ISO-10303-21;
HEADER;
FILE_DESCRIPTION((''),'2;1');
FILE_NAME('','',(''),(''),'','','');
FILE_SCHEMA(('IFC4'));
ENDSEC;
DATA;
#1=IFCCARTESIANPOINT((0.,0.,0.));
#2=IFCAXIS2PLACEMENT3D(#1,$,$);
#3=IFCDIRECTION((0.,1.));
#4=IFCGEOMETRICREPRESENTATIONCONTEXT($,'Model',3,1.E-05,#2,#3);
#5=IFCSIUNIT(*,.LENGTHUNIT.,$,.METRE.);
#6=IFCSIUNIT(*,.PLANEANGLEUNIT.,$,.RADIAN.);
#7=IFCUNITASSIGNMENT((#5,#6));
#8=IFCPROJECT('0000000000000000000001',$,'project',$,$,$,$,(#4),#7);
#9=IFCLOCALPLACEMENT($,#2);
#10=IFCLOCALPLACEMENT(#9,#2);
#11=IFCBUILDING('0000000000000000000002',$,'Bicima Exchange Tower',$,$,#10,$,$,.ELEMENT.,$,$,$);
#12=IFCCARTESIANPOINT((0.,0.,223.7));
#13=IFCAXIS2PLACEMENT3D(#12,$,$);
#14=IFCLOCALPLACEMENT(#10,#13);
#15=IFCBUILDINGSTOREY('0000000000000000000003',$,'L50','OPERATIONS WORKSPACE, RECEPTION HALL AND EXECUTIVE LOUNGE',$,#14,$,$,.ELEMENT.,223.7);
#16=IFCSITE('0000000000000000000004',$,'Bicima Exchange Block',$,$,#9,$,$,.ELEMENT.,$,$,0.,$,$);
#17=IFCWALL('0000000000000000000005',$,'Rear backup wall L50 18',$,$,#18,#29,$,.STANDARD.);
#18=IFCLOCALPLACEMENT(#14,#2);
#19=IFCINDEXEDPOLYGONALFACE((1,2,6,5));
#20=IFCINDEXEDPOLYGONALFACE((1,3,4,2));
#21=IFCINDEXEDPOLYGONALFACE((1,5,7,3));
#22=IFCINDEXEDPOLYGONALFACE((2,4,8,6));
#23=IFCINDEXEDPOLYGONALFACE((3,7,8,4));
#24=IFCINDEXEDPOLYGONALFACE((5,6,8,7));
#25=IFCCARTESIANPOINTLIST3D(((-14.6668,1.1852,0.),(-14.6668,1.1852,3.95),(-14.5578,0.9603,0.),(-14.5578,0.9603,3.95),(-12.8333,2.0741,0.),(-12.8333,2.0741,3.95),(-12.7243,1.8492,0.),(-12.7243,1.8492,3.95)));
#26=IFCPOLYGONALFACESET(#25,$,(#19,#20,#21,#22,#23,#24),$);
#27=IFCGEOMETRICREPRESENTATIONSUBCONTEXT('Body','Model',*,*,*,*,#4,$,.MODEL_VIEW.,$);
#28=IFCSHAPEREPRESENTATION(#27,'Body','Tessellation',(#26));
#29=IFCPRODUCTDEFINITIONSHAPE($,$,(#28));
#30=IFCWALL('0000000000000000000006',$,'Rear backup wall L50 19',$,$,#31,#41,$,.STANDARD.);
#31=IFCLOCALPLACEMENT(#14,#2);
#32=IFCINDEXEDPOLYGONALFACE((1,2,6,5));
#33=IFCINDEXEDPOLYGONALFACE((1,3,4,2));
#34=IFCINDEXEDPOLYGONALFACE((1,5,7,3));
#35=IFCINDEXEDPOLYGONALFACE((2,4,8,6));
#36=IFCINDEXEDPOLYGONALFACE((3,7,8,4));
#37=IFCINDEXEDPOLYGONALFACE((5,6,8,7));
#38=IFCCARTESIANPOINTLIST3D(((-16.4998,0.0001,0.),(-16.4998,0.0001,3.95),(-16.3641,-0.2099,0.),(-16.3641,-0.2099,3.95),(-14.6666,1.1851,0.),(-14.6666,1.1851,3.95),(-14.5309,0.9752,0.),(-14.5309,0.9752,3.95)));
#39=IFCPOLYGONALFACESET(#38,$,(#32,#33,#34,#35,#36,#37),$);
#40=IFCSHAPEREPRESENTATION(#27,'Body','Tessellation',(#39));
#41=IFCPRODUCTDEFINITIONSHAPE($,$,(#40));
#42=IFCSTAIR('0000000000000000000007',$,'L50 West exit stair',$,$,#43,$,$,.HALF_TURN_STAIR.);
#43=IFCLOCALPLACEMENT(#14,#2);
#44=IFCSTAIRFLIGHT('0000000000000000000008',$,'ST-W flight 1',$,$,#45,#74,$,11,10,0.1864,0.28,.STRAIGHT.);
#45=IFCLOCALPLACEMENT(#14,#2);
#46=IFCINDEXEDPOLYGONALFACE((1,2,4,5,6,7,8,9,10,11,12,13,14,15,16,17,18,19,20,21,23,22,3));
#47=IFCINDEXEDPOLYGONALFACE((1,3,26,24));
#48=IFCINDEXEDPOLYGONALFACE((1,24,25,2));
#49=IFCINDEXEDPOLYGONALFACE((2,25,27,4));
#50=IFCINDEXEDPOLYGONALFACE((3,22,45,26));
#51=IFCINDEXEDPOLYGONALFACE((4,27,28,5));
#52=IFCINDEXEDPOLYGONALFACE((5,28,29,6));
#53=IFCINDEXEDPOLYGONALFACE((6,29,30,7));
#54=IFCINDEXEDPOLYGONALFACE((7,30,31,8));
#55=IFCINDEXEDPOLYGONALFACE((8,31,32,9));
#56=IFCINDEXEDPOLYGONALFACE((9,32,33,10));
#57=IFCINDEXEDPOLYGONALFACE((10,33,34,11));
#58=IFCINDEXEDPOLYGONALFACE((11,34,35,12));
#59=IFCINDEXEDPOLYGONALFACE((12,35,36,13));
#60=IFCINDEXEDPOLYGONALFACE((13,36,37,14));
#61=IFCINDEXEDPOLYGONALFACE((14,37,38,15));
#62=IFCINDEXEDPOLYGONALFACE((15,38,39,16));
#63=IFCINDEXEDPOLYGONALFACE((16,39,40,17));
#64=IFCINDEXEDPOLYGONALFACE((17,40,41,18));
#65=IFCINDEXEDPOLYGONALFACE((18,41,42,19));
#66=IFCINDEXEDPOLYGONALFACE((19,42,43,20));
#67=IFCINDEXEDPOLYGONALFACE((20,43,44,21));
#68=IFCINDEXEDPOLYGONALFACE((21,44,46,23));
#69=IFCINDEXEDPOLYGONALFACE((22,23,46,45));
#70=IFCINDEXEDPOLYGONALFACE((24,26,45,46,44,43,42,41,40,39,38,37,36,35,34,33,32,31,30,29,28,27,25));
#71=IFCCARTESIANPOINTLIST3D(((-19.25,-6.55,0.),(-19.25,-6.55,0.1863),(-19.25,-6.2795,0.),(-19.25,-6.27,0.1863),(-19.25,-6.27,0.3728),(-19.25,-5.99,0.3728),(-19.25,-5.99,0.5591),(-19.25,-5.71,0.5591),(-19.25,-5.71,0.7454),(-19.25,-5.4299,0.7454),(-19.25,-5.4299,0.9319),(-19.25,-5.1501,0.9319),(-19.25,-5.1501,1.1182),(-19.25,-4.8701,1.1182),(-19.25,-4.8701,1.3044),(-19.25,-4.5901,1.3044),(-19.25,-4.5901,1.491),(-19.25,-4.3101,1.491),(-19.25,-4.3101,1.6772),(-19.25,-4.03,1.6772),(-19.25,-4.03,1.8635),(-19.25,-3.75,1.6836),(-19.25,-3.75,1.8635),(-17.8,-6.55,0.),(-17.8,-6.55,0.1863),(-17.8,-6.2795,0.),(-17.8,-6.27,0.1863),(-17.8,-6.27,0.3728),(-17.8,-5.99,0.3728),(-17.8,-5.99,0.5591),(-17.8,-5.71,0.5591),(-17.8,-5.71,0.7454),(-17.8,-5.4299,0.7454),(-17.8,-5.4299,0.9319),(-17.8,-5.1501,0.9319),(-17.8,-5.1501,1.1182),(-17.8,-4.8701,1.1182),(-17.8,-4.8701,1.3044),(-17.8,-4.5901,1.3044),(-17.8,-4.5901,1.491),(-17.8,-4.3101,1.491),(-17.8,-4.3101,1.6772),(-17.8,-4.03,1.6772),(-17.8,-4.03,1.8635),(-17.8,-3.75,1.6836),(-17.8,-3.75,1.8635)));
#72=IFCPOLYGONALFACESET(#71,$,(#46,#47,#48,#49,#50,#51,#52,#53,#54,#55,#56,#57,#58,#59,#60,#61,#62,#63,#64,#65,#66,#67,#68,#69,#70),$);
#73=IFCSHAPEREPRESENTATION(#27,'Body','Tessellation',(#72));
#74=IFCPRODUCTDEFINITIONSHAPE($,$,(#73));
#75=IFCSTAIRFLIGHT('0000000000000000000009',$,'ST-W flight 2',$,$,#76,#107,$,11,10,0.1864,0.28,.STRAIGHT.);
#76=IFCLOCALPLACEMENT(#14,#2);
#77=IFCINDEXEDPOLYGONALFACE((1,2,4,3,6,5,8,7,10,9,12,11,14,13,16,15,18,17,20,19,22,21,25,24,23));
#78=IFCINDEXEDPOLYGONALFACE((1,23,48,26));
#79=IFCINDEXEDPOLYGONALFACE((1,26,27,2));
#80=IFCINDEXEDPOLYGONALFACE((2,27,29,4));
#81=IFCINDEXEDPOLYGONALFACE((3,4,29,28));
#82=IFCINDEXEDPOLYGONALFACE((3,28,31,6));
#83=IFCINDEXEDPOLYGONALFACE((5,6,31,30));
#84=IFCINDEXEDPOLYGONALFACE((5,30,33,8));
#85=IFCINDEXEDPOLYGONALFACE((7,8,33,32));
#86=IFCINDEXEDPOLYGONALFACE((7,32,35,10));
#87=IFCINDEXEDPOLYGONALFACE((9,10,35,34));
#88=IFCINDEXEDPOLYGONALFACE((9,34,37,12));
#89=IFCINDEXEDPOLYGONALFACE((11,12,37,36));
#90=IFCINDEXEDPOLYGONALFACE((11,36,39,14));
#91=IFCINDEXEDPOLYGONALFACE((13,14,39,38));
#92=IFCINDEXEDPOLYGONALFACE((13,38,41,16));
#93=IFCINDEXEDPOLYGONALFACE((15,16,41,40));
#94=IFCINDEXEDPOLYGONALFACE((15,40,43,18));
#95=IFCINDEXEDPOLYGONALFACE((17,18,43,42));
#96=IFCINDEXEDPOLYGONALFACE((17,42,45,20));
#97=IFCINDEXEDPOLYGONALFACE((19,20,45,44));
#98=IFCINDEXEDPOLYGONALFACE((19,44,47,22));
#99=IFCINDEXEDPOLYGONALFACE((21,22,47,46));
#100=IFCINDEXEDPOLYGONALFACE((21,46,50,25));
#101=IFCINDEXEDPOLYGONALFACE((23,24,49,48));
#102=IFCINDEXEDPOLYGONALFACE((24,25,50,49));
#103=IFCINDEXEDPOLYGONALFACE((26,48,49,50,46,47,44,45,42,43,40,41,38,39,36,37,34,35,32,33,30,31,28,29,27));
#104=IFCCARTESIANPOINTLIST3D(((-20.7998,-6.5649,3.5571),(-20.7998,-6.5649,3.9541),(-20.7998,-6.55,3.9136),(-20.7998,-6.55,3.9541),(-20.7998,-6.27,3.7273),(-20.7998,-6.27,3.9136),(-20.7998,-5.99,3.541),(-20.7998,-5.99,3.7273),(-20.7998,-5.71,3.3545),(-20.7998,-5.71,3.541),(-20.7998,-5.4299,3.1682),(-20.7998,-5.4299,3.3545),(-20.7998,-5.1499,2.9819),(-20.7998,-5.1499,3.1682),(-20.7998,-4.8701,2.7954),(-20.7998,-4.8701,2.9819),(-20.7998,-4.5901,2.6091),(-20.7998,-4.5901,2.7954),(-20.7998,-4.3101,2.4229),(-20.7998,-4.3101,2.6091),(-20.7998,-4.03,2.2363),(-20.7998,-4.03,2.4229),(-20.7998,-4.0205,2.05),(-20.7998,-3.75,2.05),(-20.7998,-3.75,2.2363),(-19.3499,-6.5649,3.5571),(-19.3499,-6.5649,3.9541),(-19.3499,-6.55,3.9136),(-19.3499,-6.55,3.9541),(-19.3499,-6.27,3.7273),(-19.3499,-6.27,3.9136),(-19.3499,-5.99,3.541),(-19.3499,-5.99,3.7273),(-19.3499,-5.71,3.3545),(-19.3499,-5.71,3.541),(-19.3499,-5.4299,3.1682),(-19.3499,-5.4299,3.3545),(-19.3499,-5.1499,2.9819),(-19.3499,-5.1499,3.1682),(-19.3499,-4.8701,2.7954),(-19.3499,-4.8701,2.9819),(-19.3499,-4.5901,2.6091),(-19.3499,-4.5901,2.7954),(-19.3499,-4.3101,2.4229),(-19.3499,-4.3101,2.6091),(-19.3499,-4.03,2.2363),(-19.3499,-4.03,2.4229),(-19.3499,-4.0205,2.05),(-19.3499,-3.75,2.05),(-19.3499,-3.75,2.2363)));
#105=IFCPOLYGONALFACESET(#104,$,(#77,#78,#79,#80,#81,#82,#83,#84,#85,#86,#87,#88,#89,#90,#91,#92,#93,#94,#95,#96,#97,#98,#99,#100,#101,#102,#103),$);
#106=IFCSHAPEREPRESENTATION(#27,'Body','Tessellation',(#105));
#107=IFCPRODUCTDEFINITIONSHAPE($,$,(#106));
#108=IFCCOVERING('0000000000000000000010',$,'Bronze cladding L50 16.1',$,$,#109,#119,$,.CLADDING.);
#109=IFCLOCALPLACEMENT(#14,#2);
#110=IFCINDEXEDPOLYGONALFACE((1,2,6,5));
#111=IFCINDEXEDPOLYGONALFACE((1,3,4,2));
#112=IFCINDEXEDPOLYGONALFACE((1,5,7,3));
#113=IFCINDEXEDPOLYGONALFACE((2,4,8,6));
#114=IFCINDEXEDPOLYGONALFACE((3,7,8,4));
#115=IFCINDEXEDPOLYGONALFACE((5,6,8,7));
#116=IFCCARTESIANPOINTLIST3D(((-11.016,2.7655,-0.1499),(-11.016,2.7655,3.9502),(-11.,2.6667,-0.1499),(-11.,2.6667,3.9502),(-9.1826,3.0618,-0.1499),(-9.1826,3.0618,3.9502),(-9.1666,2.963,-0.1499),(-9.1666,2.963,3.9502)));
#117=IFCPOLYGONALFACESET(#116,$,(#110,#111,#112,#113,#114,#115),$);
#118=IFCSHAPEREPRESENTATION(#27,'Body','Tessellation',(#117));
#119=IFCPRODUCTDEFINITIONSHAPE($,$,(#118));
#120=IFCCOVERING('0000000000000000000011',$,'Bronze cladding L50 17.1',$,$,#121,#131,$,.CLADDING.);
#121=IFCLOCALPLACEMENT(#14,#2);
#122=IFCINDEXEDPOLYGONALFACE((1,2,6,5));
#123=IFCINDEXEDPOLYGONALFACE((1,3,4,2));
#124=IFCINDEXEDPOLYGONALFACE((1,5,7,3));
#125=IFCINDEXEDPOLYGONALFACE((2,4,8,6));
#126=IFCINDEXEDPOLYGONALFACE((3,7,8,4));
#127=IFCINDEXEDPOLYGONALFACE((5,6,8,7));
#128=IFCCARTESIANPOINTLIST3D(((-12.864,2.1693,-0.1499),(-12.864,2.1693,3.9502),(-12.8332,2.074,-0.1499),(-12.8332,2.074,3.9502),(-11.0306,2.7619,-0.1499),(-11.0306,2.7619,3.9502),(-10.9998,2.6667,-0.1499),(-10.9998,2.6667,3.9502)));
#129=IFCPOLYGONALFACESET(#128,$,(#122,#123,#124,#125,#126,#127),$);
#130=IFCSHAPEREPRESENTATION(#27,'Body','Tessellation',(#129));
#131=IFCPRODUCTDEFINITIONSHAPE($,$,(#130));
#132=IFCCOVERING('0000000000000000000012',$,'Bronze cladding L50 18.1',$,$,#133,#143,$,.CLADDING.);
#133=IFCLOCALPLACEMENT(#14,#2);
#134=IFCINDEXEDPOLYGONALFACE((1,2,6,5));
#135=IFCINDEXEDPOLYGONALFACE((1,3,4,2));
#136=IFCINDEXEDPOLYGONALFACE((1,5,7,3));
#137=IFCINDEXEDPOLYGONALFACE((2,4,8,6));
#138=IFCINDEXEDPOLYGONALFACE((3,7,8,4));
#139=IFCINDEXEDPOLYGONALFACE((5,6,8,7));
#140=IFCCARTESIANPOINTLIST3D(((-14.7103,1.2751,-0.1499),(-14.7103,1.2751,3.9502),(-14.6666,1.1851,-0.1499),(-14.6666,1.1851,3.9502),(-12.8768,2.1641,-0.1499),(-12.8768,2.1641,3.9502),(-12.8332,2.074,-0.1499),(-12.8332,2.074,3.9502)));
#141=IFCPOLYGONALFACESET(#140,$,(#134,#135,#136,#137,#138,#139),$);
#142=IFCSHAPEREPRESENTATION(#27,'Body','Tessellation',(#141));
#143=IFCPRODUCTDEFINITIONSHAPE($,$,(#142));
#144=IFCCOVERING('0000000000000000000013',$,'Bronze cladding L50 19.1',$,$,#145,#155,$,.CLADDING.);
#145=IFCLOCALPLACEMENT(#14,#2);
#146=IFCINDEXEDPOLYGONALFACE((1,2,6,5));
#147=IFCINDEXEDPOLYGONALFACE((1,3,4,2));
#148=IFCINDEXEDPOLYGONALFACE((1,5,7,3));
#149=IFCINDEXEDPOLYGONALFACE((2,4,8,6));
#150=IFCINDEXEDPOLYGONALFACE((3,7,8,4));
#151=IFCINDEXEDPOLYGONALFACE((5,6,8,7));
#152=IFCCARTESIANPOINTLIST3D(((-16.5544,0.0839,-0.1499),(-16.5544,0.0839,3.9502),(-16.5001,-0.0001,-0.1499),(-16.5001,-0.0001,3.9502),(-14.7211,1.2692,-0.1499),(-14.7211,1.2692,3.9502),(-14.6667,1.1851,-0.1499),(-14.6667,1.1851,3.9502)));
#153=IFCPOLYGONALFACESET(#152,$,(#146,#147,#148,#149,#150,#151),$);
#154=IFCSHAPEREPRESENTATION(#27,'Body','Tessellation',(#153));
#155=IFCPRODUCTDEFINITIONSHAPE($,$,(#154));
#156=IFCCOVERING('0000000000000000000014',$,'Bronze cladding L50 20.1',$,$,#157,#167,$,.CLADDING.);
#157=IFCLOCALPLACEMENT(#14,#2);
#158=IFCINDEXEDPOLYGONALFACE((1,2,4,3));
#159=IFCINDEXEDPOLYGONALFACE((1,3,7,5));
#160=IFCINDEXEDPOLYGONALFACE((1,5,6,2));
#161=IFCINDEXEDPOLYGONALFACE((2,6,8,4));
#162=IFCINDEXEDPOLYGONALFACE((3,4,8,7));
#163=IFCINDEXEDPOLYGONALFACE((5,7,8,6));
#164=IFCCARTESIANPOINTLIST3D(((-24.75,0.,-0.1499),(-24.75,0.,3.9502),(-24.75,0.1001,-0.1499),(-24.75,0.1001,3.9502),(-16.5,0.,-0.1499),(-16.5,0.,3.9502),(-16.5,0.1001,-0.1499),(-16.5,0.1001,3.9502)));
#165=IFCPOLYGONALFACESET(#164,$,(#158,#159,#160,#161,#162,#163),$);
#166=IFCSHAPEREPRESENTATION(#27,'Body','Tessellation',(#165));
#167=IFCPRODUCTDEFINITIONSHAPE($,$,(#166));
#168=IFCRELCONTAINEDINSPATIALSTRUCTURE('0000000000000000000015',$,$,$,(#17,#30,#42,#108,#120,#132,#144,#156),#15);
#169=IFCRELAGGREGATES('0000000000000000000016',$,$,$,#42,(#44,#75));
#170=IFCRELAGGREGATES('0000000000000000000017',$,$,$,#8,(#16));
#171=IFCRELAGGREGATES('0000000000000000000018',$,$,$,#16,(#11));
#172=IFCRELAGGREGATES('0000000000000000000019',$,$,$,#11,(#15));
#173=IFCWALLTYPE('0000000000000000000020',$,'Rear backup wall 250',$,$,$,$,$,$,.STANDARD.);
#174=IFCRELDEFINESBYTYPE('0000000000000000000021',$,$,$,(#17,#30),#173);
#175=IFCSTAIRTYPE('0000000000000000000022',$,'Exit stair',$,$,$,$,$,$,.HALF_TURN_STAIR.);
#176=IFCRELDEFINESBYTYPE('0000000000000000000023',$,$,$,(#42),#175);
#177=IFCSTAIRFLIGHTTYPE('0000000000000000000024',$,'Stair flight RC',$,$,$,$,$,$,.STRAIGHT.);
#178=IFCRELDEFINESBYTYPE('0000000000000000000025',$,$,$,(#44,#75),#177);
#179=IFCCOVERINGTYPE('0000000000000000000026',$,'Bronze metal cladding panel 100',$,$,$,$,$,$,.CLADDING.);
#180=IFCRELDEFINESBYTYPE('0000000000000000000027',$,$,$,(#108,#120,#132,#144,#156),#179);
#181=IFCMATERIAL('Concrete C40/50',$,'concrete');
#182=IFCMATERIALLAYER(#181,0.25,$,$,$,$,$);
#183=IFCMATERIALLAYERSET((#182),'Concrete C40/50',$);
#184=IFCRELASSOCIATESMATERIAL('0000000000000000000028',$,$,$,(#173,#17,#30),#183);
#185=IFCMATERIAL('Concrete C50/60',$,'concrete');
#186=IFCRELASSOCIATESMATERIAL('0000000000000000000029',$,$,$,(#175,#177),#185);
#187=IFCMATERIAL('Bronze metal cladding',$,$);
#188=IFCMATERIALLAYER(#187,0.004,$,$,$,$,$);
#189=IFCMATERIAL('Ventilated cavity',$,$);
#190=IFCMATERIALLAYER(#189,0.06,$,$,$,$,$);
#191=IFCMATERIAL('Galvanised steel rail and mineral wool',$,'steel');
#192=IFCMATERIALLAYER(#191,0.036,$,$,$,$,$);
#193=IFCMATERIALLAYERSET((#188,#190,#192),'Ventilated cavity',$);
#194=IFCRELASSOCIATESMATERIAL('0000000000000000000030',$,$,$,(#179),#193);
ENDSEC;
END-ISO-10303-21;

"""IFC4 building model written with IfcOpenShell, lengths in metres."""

from ifc_helpers import new_model, si_unit, direction, frame, frame_2d, origin, origin_2d, place, context, subcontext, project, spatial, polyline, rectangle, outline, extrude, material, layer, layer_set, layer_usage, type_object, element, aggregate, save


model = new_model("IFC4")

# Units and contexts
model_context = context("Model", 3, precision=1e-05, world=origin(), true_north=direction((0.0, 1.0)))
body_context = subcontext(model_context, "Body", "Model", "MODEL_VIEW")
ifc_project = project(units=[si_unit("LENGTHUNIT", "METRE"), si_unit("PLANEANGLEUNIT", "RADIAN")], contexts=[model_context])

# Site, building, storey
site_placement = place(None, origin())
site = spatial("IfcSite", under=ifc_project, at=site_placement, Name="Bicima Exchange Block", CompositionType="ELEMENT", RefElevation=0.0)
building_placement = place(site_placement, origin())
building = spatial("IfcBuilding", under=site, at=building_placement, Name="Bicima Exchange Tower", CompositionType="ELEMENT")
storey_placement = place(building_placement, frame((0.0, 0.0, 223.7)))
storey = spatial("IfcBuildingStorey", under=building, at=storey_placement, Name="L50", Description="OPERATIONS WORKSPACE, RECEPTION HALL AND EXECUTIVE LOUNGE", CompositionType="ELEMENT", Elevation=223.7)

# Shared definitions
ifc_material_1 = material(Name="Concrete C50/60", Category="concrete")

# Walls
ifc_material_2 = material(Name="Concrete C40/50", Category="concrete")
ifc_layer_1 = layer(ifc_material_2, 0.25)
ifc_layer_set_1 = layer_set([ifc_layer_1], Name="Concrete C40/50")
ifc_layer_usage = layer_usage(ifc_layer_set_1, "AXIS2", "POSITIVE", -0.125)
wall_type_1 = type_object("IfcWallType", Name="Rear backup wall 250", PredefinedType="STANDARD", material=ifc_layer_set_1)
wall_1_placement = place(storey_placement, frame((-12.7788, 1.9617, 0.0), z_axis=(0.0, 0.0, 1.0), x_axis=(-0.899824, -0.436253, 0.0)))
element("IfcWall", 1, at=wall_1_placement, inside=storey, type_object=wall_type_1, material=ifc_layer_usage, Name="Rear backup wall L50 18", PredefinedType="STANDARD", context=body_context, shape_type="SweptSolid", body=[
    extrude(rectangle(XDim=2.0376, YDim=0.25, at=frame_2d((1.0188, 0.0))), origin(), (0.0, 0.0, 1.0), 3.95),
])
wall_2_placement = place(storey_placement, frame((-14.5989, 1.0801, 0.0), z_axis=(0.0, 0.0, 1.0), x_axis=(-0.839813, -0.542876, 0.0)))
element("IfcWall", 2, at=wall_2_placement, inside=storey, type_object=wall_type_1, material=ifc_layer_usage, Name="Rear backup wall L50 19", PredefinedType="STANDARD", context=body_context, shape_type="SweptSolid", body=[
    extrude(rectangle(XDim=2.1829, YDim=0.25, at=frame_2d((1.0913, 0.0))), origin(), (0.0, 0.0, 1.0), 3.95),
])

# Stair, stair flights
stair_type = type_object("IfcStairType", Name="Exit stair", PredefinedType="HALF_TURN_STAIR", material=ifc_material_1)
stair_placement = place(storey_placement, origin())
stair = element("IfcStair", 3, at=stair_placement, inside=storey, type_object=stair_type, Name="L50 West exit stair", PredefinedType="HALF_TURN_STAIR")
stair_flight_type = type_object("IfcStairFlightType", Name="Stair flight RC", PredefinedType="STRAIGHT", material=ifc_material_1)
stair_flight_1_placement = place(storey_placement, frame((-18.5249, -6.55, 0.0), z_axis=(0.0, 0.0, 1.0), x_axis=(0.0, 1.0, 0.0)))
stair_flight_1 = element("IfcStairFlight", 4, at=stair_flight_1_placement, type_object=stair_flight_type, Name="ST-W flight 1", NumberOfRisers=11, NumberOfTreads=10, PredefinedType="STRAIGHT", RiserHeight=0.1864, TreadLength=0.28, context=body_context, shape_type="SweptSolid", body=[
    extrude(outline(polyline([(0.0, 0.0), (0.0, 0.1863), (0.28, 0.1863), (0.28, 0.3728), (0.5601, 0.3728), (0.5601, 0.5591), (0.8401, 0.5591), (0.8401, 0.7454), (1.1201, 0.7454), (1.1201, 0.9319), (1.3999, 0.9319), (1.3999, 1.1182), (1.6799, 1.1182), (1.6799, 1.3044), (1.96, 1.3044), (1.96, 1.491), (2.24, 1.491), (2.24, 1.6772), (2.52, 1.6772), (2.52, 1.8635), (2.8, 1.8635), (2.8, 2.05), (2.8, 1.6836), (0.2705, 0.0), (0.0, 0.0)])), frame((0.0, 0.7251, 0.0), z_axis=(0.0, -1.0, 0.0), x_axis=(1.0, 0.0, 0.0)), (0.0, 0.0, 1.0), 1.45),
])
stair_flight_2_placement = place(storey_placement, frame((-20.075, -3.75, 2.05), z_axis=(0.0, 0.0, 1.0), x_axis=(0.0, -1.0, 0.0)))
stair_flight_2 = element("IfcStairFlight", 5, at=stair_flight_2_placement, type_object=stair_flight_type, Name="ST-W flight 2", NumberOfRisers=11, NumberOfTreads=10, PredefinedType="STRAIGHT", RiserHeight=0.1864, TreadLength=0.28, context=body_context, shape_type="SweptSolid", body=[
    extrude(outline(polyline([(0.0, 0.0), (0.0, 0.1863), (0.28, 0.1863), (0.28, 0.3728), (0.5601, 0.3728), (0.5601, 0.5591), (0.8401, 0.5591), (0.8401, 0.7454), (1.1201, 0.7454), (1.1201, 0.9319), (1.3999, 0.9319), (1.3999, 1.1182), (1.6799, 1.1182), (1.6799, 1.3044), (1.96, 1.3044), (1.96, 1.491), (2.24, 1.491), (2.24, 1.6772), (2.52, 1.6772), (2.52, 1.8635), (2.8, 1.8635), (2.8, 1.9041), (2.8149, 1.9041), (2.8149, 1.5071), (0.2705, 0.0), (0.0, 0.0)])), frame((0.0, 0.7251, 0.0), z_axis=(0.0, -1.0, 0.0), x_axis=(1.0, 0.0, 0.0)), (0.0, 0.0, 1.0), 1.45),
])
aggregate(stair, [stair_flight_1, stair_flight_2])

# Coverings
ifc_material_3 = material(Name="Bronze metal cladding")
ifc_layer_2 = layer(ifc_material_3, 0.004)
ifc_material_4 = material(Name="Ventilated cavity")
ifc_layer_3 = layer(ifc_material_4, 0.06)
ifc_material_5 = material(Name="Galvanised steel rail and mineral wool", Category="steel")
ifc_layer_4 = layer(ifc_material_5, 0.036)
ifc_layer_set_2 = layer_set([ifc_layer_2, ifc_layer_3, ifc_layer_4], Name="Ventilated cavity")
covering_type = type_object("IfcCoveringType", Name="Bronze metal cladding panel 100", PredefinedType="CLADDING", material=ifc_layer_set_2)
covering_1_placement = place(storey_placement, frame((-10.0913, 2.8643, -0.1499), z_axis=(0.0, 0.0, 1.0), x_axis=(-0.98719, -0.15955, 0.0)))
element("IfcCovering", 6, at=covering_1_placement, inside=storey, type_object=covering_type, Name="Bronze cladding L50 16.1", PredefinedType="CLADDING", context=body_context, shape_type="SweptSolid", body=[
    extrude(rectangle(XDim=1.8572, YDim=0.1001, at=origin_2d()), origin(), (0.0, 0.0, 1.0), 4.1001),
])
covering_2_placement = place(storey_placement, frame((-11.9319, 2.418, -0.1499), z_axis=(0.0, 0.0, 1.0), x_axis=(-0.951525, -0.307573, 0.0)))
element("IfcCovering", 7, at=covering_2_placement, inside=storey, type_object=covering_type, Name="Bronze cladding L50 17.1", PredefinedType="CLADDING", context=body_context, shape_type="SweptSolid", body=[
    extrude(rectangle(XDim=1.9268, YDim=0.1001, at=origin_2d()), origin(), (0.0, 0.0, 1.0), 4.1001),
])
covering_3_placement = place(storey_placement, frame((-13.7717, 1.6746, -0.1499), z_axis=(0.0, 0.0, 1.0), x_axis=(-0.899818, -0.436265, 0.0)))
element("IfcCovering", 8, at=covering_3_placement, inside=storey, type_object=covering_type, Name="Bronze cladding L50 18.1", PredefinedType="CLADDING", context=body_context, shape_type="SweptSolid", body=[
    extrude(rectangle(XDim=2.0376, YDim=0.1001, at=origin_2d()), origin(), (0.0, 0.0, 1.0), 4.1001),
])
covering_4_placement = place(storey_placement, frame((-15.6106, 0.6345, -0.1499), z_axis=(0.0, 0.0, 1.0), x_axis=(-0.83979, -0.542911, 0.0)))
element("IfcCovering", 9, at=covering_4_placement, inside=storey, type_object=covering_type, Name="Bronze cladding L50 19.1", PredefinedType="CLADDING", context=body_context, shape_type="SweptSolid", body=[
    extrude(rectangle(XDim=2.1831, YDim=0.1001, at=origin_2d()), origin(), (0.0, 0.0, 1.0), 4.1001),
])
covering_5_placement = place(storey_placement, frame((-20.625, 0.05, -0.1499), z_axis=(0.0, 0.0, 1.0), x_axis=(-1.0, 0.0, 0.0)))
element("IfcCovering", 10, at=covering_5_placement, inside=storey, type_object=covering_type, Name="Bronze cladding L50 20.1", PredefinedType="CLADDING", context=body_context, shape_type="SweptSolid", body=[
    extrude(rectangle(XDim=8.25, YDim=0.1001, at=origin_2d()), origin(), (0.0, 0.0, 1.0), 4.1001),
])

save(model, "model.ifc")
